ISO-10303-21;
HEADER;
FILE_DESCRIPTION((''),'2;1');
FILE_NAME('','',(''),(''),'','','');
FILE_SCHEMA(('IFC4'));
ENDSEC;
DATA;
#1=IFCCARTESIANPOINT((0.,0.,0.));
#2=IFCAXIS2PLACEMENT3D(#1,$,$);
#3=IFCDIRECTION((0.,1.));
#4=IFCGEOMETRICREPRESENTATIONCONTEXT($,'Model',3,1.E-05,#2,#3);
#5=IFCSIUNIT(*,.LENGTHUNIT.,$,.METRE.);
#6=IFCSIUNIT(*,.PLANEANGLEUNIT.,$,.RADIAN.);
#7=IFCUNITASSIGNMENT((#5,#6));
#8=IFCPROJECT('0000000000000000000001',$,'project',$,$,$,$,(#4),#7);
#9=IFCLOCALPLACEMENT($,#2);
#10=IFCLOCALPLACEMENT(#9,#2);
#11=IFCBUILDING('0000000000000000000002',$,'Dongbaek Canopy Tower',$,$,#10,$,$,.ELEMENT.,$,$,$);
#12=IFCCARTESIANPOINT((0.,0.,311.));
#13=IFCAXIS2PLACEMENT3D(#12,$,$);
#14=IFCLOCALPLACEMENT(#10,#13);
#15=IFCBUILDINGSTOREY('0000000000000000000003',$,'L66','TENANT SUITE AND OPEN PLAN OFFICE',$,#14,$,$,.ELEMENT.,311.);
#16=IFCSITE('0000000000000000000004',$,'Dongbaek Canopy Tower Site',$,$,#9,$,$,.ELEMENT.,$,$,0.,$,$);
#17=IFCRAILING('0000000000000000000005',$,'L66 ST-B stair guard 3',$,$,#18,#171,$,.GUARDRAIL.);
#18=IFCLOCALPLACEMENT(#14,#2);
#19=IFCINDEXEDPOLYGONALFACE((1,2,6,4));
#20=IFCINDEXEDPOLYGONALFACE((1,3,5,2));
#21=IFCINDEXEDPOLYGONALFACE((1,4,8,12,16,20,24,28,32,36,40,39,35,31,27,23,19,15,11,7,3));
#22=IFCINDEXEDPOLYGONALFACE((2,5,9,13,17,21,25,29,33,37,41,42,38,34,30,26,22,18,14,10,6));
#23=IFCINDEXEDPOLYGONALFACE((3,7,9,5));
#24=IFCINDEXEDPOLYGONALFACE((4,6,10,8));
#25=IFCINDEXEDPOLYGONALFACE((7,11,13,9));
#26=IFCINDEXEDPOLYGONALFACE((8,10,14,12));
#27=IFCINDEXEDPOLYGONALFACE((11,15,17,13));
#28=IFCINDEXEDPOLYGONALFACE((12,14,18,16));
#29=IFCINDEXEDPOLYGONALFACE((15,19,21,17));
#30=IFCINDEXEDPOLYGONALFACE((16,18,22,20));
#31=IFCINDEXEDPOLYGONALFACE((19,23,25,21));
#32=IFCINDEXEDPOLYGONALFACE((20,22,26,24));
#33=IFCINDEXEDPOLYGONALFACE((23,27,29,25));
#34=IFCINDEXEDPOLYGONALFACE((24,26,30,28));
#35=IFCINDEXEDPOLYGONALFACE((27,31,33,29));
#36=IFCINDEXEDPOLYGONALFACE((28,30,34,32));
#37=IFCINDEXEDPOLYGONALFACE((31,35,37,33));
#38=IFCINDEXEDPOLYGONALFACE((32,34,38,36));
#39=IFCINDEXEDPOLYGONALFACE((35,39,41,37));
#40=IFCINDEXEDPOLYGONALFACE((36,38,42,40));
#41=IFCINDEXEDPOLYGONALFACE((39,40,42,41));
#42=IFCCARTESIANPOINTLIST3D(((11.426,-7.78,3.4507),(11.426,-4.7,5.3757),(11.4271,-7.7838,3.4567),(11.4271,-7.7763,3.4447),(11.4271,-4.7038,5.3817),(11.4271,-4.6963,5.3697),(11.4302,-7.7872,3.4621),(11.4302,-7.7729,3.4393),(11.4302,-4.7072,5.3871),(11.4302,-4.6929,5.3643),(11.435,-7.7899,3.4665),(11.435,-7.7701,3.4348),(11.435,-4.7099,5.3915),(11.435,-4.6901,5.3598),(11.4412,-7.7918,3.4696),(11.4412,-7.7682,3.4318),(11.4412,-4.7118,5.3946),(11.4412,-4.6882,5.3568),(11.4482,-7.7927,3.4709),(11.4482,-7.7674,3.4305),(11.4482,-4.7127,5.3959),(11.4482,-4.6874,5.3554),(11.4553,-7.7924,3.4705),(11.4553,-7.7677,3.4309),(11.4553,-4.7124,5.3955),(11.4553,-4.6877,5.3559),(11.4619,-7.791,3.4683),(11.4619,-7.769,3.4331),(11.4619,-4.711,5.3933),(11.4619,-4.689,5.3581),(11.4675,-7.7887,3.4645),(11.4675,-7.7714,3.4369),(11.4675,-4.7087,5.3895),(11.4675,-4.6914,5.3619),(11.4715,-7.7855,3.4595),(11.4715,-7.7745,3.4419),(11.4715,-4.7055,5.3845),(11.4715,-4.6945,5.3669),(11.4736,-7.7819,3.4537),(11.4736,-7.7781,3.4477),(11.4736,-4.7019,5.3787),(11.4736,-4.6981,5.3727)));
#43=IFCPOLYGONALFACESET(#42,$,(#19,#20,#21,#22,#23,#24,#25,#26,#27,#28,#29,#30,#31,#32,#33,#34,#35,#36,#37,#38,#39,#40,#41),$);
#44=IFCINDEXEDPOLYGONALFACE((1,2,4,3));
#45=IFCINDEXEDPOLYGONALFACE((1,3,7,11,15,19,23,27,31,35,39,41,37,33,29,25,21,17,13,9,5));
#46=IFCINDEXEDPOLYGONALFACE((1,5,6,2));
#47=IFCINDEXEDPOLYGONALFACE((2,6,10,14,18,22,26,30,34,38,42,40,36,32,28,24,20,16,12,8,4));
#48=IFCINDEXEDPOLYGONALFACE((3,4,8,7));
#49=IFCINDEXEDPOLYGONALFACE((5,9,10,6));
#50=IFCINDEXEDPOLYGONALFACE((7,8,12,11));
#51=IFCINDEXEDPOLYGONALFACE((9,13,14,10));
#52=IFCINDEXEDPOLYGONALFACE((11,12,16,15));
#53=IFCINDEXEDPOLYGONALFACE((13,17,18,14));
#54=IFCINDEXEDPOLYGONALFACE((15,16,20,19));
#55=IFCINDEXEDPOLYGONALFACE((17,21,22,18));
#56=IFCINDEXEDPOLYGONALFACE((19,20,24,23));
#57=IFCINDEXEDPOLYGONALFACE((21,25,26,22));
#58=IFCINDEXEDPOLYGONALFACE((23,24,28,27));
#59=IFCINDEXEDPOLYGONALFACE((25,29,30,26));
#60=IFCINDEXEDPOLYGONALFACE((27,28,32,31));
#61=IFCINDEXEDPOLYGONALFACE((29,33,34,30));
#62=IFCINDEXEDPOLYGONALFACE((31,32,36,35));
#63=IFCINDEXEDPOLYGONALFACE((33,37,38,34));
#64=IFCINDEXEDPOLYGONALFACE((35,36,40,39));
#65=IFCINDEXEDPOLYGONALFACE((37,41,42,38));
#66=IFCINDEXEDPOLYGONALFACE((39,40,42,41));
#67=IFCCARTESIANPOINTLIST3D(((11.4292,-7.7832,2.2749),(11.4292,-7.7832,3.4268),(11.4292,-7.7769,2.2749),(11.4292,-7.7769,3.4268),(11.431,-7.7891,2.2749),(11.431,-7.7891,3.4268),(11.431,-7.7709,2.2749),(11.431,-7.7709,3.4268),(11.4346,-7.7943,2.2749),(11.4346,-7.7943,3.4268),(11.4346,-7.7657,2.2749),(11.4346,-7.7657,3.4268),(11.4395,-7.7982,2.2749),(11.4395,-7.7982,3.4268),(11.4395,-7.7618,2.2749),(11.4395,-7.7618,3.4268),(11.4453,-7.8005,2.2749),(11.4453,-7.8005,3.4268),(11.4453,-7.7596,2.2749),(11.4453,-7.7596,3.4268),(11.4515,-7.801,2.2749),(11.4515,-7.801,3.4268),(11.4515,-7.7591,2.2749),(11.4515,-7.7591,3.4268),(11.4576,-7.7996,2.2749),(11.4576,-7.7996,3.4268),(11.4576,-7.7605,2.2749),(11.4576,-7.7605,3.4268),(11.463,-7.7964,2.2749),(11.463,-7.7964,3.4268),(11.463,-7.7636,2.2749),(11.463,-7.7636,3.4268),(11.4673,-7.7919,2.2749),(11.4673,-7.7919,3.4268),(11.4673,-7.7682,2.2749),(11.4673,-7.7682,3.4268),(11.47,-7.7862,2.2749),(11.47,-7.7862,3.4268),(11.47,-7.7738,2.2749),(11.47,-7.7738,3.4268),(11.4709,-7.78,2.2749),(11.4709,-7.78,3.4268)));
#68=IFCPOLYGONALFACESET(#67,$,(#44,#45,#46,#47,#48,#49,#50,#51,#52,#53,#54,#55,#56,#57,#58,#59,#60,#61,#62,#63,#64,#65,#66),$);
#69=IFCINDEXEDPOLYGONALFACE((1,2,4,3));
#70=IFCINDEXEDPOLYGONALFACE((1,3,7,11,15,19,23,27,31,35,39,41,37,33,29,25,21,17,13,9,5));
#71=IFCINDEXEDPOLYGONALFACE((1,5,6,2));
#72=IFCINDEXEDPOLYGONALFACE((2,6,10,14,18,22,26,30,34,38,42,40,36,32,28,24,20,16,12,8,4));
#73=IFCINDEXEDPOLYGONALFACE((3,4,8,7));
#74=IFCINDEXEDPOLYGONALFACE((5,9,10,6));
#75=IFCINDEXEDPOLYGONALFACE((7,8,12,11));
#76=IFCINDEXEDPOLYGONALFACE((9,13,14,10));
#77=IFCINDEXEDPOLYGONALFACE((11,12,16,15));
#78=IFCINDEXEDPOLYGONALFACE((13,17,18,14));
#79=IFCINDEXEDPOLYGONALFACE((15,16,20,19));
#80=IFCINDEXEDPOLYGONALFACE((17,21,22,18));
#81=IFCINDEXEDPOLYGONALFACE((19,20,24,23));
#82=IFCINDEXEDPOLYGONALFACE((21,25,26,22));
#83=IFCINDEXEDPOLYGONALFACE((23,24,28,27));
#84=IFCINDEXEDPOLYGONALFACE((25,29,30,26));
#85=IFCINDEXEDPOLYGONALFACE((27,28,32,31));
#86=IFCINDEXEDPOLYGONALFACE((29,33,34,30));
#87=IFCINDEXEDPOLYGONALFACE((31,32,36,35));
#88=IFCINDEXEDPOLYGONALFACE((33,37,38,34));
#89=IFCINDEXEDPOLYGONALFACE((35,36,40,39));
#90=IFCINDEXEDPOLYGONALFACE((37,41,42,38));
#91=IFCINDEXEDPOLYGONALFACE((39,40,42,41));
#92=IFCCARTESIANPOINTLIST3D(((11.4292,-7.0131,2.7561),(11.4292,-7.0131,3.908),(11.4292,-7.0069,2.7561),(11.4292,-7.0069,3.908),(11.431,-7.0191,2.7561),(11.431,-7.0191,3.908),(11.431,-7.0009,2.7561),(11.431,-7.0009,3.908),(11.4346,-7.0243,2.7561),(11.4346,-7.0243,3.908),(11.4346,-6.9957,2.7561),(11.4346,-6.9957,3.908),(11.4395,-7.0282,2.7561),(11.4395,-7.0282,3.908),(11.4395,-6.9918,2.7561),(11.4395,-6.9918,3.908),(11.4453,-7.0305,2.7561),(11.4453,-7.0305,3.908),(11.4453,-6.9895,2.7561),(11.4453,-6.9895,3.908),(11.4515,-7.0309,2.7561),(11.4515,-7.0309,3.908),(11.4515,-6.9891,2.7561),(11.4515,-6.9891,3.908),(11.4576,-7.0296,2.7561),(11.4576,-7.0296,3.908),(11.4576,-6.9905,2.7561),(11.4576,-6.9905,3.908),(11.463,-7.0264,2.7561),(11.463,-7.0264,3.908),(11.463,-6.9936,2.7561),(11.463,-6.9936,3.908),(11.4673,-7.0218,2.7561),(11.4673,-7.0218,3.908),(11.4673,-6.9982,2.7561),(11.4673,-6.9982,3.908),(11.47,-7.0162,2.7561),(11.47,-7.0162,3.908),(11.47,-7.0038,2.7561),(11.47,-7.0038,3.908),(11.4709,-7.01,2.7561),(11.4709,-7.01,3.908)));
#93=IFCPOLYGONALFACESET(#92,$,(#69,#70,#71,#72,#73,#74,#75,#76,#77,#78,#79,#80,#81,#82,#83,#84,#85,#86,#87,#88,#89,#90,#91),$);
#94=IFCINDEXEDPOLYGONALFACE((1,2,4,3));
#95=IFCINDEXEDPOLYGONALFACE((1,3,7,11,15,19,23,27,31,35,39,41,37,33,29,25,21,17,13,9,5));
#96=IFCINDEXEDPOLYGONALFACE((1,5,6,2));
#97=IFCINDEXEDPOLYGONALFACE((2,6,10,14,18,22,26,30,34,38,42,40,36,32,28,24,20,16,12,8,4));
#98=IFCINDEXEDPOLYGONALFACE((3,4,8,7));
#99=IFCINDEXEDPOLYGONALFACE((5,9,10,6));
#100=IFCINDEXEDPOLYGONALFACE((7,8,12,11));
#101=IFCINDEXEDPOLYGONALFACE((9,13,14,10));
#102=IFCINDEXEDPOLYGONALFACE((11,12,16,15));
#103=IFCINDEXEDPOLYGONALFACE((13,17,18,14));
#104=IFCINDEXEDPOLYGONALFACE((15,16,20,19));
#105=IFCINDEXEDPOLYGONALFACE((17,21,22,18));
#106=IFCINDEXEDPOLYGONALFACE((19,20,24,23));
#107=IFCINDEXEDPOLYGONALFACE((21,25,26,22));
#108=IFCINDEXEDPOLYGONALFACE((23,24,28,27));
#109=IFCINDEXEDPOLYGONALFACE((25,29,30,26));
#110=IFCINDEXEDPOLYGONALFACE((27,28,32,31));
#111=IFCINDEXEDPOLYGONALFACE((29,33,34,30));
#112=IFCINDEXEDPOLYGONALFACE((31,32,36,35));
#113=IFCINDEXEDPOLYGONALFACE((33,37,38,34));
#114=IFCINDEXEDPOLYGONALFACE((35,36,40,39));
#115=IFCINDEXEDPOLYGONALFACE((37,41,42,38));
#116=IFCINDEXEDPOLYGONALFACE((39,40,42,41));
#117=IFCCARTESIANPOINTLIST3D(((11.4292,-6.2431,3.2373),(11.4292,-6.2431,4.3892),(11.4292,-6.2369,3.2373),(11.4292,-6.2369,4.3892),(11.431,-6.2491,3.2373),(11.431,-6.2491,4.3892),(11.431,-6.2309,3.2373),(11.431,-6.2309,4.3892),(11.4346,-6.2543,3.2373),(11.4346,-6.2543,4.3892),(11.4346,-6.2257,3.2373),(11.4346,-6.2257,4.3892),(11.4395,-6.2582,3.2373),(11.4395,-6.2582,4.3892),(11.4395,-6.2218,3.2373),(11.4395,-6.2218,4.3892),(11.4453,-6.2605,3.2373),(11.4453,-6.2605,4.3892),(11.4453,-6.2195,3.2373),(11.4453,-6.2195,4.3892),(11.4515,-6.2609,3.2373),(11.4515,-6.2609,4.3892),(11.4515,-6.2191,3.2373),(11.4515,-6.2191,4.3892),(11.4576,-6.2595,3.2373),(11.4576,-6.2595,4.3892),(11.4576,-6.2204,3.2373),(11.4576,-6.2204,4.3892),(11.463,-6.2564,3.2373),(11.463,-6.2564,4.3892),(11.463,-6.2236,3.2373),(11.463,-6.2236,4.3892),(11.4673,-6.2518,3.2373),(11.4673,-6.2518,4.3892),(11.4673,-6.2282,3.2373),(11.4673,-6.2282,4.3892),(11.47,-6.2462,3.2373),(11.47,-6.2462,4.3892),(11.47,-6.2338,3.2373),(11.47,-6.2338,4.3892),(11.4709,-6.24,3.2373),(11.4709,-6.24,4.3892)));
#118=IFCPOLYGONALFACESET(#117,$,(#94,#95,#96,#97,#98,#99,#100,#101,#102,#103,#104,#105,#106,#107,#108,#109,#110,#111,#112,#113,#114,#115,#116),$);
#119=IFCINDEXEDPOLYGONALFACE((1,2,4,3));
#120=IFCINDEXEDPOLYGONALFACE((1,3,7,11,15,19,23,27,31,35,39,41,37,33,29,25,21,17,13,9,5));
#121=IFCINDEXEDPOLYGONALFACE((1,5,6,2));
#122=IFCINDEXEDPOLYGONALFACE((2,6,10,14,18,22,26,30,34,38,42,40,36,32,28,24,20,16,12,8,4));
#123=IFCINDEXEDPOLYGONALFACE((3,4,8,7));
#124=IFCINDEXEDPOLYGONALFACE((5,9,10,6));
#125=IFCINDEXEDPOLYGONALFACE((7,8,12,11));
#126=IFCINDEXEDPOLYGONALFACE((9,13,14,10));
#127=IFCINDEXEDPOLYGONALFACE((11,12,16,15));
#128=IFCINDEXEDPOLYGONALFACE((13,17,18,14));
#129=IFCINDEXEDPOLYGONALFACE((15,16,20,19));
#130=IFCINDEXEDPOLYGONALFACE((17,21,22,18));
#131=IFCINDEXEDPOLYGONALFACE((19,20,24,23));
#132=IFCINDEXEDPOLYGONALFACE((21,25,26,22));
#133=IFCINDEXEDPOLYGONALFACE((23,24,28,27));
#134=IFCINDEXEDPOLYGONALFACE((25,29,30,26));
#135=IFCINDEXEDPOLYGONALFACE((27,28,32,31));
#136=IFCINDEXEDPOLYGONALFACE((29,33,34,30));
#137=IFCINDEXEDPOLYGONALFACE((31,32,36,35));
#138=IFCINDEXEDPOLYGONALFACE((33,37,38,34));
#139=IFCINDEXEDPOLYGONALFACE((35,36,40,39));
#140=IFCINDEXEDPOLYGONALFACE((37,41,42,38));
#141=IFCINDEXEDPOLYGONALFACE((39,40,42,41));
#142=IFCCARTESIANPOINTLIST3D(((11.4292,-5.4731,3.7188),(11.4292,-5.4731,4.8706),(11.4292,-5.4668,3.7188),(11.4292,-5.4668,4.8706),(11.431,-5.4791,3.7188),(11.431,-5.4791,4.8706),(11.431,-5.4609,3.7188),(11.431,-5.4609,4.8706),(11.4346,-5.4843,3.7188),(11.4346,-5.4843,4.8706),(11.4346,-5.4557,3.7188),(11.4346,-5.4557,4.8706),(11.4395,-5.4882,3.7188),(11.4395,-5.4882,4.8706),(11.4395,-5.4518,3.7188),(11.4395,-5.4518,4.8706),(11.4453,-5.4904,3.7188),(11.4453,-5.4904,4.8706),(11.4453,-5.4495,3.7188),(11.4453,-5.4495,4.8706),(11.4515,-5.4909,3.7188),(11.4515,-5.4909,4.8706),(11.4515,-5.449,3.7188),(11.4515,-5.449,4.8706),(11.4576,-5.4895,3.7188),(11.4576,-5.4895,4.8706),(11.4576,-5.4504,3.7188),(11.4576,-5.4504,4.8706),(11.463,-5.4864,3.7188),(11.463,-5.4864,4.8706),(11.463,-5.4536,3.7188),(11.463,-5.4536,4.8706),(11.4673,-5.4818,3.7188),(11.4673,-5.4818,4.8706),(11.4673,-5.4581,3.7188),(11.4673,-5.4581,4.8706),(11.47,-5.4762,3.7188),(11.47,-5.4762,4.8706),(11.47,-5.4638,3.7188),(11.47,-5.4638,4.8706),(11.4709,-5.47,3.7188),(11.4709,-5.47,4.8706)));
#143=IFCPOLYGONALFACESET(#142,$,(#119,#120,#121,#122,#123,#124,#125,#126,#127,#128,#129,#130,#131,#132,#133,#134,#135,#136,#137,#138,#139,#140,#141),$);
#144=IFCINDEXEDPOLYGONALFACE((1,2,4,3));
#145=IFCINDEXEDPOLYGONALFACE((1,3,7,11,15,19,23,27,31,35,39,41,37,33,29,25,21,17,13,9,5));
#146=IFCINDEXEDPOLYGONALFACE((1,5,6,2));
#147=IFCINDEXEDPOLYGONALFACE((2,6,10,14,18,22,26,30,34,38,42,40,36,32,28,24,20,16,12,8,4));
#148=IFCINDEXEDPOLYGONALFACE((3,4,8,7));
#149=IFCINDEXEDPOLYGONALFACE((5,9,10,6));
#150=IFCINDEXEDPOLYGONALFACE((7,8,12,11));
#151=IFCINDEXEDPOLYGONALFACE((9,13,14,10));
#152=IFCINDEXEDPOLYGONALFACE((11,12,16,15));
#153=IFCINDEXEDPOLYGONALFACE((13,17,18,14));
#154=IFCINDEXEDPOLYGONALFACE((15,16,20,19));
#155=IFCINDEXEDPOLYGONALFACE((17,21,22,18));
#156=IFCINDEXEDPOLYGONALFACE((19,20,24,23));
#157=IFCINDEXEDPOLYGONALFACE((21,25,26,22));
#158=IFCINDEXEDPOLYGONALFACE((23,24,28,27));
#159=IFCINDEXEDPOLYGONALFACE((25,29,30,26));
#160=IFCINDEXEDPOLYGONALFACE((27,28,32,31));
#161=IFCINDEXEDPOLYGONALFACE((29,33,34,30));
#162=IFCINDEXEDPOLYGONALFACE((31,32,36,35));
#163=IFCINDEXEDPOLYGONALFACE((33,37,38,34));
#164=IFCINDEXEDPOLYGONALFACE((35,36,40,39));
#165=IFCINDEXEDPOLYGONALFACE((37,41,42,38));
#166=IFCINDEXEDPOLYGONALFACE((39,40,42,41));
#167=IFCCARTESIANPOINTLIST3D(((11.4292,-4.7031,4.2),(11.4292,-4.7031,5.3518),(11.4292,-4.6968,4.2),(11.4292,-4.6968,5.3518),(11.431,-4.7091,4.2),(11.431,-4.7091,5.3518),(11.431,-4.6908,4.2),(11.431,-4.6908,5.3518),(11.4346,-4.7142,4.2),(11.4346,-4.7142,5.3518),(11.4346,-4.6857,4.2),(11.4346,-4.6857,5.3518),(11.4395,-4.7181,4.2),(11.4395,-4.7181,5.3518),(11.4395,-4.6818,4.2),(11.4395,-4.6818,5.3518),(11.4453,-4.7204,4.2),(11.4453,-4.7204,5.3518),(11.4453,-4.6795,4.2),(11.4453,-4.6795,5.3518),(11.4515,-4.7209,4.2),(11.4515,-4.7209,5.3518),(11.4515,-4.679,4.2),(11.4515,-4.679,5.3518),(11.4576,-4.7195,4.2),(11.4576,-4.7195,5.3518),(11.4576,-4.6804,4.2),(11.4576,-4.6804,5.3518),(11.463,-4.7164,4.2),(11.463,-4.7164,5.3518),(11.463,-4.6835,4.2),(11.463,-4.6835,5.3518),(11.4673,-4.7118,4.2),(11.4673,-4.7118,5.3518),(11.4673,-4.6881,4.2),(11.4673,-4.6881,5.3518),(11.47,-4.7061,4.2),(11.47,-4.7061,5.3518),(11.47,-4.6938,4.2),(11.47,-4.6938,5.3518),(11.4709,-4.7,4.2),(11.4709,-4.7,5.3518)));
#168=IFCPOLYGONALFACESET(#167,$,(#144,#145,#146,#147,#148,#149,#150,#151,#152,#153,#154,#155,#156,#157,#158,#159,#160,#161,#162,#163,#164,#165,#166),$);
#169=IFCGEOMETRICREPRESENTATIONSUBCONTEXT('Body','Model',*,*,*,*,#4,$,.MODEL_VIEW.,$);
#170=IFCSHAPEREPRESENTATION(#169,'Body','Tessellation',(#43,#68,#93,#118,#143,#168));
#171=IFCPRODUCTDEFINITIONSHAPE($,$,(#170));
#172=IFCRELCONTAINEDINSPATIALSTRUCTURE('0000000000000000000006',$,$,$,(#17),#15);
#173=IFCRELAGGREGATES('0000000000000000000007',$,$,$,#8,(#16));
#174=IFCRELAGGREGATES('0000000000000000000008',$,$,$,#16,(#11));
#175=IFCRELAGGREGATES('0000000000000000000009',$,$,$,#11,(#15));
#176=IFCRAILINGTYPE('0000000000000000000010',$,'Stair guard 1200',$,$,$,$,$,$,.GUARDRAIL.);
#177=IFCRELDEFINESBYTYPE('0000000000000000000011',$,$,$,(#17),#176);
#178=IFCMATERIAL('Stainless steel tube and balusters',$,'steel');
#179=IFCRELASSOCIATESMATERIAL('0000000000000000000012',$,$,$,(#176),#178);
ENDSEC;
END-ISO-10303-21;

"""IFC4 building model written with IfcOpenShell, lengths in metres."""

from ifc_helpers import new_model, si_unit, direction, frame, origin, origin_2d, place, context, subcontext, project, spatial, circle, extrude, material, type_object, element, save


model = new_model("IFC4")

# Units and contexts
model_context = context("Model", 3, precision=1e-05, world=origin(), true_north=direction((0.0, 1.0)))
body_context = subcontext(model_context, "Body", "Model", "MODEL_VIEW")
ifc_project = project(units=[si_unit("LENGTHUNIT", "METRE"), si_unit("PLANEANGLEUNIT", "RADIAN")], contexts=[model_context])

# Site, building, storey
site_placement = place(None, origin())
site = spatial("IfcSite", under=ifc_project, at=site_placement, Name="Dongbaek Canopy Tower Site", CompositionType="ELEMENT", RefElevation=0.0)
building_placement = place(site_placement, origin())
building = spatial("IfcBuilding", under=site, at=building_placement, Name="Dongbaek Canopy Tower", CompositionType="ELEMENT")
storey_placement = place(building_placement, frame((0.0, 0.0, 311.0)))
storey = spatial("IfcBuildingStorey", under=building, at=storey_placement, Name="L66", Description="TENANT SUITE AND OPEN PLAN OFFICE", CompositionType="ELEMENT", Elevation=311.0)

# Railing
ifc_material_1 = material(Name="Stainless steel tube and balusters", Category="steel")
railing_type_1 = type_object("IfcRailingType", Name="Stair guard 1200", PredefinedType="GUARDRAIL", material=ifc_material_1)
railing_1_placement = place(storey_placement, frame((11.45, -7.78, 2.2749)))
element("IfcRailing", 1, at=railing_1_placement, inside=storey, type_object=railing_type_1, Name="L66 ST-B stair guard 3", PredefinedType="GUARDRAIL", context=body_context, shape_type="SweptSolid", body=[
    extrude(circle(Radius=0.0239, at=origin_2d()), frame((0.0, 0.0, 1.1758), z_axis=(0.0, 0.847998, 0.529999), x_axis=(-1.0, 0.0, 0.0)), (0.0, 0.0, 1.0), 3.6321),
    extrude(circle(Radius=0.021, at=origin_2d()), origin(), (0.0, 0.0, 1.0), 1.1519),
    extrude(circle(Radius=0.021, at=origin_2d()), frame((0.0, 0.77, 0.4812)), (0.0, 0.0, 1.0), 1.1519),
    extrude(circle(Radius=0.021, at=origin_2d()), frame((0.0, 1.54, 0.9624)), (0.0, 0.0, 1.0), 1.1519),
    extrude(circle(Radius=0.021, at=origin_2d()), frame((0.0, 2.3101, 1.4438)), (0.0, 0.0, 1.0), 1.1519),
    extrude(circle(Radius=0.021, at=origin_2d()), frame((0.0, 3.0801, 1.925)), (0.0, 0.0, 1.0), 1.1519),
])

save(model, "model.ifc")
